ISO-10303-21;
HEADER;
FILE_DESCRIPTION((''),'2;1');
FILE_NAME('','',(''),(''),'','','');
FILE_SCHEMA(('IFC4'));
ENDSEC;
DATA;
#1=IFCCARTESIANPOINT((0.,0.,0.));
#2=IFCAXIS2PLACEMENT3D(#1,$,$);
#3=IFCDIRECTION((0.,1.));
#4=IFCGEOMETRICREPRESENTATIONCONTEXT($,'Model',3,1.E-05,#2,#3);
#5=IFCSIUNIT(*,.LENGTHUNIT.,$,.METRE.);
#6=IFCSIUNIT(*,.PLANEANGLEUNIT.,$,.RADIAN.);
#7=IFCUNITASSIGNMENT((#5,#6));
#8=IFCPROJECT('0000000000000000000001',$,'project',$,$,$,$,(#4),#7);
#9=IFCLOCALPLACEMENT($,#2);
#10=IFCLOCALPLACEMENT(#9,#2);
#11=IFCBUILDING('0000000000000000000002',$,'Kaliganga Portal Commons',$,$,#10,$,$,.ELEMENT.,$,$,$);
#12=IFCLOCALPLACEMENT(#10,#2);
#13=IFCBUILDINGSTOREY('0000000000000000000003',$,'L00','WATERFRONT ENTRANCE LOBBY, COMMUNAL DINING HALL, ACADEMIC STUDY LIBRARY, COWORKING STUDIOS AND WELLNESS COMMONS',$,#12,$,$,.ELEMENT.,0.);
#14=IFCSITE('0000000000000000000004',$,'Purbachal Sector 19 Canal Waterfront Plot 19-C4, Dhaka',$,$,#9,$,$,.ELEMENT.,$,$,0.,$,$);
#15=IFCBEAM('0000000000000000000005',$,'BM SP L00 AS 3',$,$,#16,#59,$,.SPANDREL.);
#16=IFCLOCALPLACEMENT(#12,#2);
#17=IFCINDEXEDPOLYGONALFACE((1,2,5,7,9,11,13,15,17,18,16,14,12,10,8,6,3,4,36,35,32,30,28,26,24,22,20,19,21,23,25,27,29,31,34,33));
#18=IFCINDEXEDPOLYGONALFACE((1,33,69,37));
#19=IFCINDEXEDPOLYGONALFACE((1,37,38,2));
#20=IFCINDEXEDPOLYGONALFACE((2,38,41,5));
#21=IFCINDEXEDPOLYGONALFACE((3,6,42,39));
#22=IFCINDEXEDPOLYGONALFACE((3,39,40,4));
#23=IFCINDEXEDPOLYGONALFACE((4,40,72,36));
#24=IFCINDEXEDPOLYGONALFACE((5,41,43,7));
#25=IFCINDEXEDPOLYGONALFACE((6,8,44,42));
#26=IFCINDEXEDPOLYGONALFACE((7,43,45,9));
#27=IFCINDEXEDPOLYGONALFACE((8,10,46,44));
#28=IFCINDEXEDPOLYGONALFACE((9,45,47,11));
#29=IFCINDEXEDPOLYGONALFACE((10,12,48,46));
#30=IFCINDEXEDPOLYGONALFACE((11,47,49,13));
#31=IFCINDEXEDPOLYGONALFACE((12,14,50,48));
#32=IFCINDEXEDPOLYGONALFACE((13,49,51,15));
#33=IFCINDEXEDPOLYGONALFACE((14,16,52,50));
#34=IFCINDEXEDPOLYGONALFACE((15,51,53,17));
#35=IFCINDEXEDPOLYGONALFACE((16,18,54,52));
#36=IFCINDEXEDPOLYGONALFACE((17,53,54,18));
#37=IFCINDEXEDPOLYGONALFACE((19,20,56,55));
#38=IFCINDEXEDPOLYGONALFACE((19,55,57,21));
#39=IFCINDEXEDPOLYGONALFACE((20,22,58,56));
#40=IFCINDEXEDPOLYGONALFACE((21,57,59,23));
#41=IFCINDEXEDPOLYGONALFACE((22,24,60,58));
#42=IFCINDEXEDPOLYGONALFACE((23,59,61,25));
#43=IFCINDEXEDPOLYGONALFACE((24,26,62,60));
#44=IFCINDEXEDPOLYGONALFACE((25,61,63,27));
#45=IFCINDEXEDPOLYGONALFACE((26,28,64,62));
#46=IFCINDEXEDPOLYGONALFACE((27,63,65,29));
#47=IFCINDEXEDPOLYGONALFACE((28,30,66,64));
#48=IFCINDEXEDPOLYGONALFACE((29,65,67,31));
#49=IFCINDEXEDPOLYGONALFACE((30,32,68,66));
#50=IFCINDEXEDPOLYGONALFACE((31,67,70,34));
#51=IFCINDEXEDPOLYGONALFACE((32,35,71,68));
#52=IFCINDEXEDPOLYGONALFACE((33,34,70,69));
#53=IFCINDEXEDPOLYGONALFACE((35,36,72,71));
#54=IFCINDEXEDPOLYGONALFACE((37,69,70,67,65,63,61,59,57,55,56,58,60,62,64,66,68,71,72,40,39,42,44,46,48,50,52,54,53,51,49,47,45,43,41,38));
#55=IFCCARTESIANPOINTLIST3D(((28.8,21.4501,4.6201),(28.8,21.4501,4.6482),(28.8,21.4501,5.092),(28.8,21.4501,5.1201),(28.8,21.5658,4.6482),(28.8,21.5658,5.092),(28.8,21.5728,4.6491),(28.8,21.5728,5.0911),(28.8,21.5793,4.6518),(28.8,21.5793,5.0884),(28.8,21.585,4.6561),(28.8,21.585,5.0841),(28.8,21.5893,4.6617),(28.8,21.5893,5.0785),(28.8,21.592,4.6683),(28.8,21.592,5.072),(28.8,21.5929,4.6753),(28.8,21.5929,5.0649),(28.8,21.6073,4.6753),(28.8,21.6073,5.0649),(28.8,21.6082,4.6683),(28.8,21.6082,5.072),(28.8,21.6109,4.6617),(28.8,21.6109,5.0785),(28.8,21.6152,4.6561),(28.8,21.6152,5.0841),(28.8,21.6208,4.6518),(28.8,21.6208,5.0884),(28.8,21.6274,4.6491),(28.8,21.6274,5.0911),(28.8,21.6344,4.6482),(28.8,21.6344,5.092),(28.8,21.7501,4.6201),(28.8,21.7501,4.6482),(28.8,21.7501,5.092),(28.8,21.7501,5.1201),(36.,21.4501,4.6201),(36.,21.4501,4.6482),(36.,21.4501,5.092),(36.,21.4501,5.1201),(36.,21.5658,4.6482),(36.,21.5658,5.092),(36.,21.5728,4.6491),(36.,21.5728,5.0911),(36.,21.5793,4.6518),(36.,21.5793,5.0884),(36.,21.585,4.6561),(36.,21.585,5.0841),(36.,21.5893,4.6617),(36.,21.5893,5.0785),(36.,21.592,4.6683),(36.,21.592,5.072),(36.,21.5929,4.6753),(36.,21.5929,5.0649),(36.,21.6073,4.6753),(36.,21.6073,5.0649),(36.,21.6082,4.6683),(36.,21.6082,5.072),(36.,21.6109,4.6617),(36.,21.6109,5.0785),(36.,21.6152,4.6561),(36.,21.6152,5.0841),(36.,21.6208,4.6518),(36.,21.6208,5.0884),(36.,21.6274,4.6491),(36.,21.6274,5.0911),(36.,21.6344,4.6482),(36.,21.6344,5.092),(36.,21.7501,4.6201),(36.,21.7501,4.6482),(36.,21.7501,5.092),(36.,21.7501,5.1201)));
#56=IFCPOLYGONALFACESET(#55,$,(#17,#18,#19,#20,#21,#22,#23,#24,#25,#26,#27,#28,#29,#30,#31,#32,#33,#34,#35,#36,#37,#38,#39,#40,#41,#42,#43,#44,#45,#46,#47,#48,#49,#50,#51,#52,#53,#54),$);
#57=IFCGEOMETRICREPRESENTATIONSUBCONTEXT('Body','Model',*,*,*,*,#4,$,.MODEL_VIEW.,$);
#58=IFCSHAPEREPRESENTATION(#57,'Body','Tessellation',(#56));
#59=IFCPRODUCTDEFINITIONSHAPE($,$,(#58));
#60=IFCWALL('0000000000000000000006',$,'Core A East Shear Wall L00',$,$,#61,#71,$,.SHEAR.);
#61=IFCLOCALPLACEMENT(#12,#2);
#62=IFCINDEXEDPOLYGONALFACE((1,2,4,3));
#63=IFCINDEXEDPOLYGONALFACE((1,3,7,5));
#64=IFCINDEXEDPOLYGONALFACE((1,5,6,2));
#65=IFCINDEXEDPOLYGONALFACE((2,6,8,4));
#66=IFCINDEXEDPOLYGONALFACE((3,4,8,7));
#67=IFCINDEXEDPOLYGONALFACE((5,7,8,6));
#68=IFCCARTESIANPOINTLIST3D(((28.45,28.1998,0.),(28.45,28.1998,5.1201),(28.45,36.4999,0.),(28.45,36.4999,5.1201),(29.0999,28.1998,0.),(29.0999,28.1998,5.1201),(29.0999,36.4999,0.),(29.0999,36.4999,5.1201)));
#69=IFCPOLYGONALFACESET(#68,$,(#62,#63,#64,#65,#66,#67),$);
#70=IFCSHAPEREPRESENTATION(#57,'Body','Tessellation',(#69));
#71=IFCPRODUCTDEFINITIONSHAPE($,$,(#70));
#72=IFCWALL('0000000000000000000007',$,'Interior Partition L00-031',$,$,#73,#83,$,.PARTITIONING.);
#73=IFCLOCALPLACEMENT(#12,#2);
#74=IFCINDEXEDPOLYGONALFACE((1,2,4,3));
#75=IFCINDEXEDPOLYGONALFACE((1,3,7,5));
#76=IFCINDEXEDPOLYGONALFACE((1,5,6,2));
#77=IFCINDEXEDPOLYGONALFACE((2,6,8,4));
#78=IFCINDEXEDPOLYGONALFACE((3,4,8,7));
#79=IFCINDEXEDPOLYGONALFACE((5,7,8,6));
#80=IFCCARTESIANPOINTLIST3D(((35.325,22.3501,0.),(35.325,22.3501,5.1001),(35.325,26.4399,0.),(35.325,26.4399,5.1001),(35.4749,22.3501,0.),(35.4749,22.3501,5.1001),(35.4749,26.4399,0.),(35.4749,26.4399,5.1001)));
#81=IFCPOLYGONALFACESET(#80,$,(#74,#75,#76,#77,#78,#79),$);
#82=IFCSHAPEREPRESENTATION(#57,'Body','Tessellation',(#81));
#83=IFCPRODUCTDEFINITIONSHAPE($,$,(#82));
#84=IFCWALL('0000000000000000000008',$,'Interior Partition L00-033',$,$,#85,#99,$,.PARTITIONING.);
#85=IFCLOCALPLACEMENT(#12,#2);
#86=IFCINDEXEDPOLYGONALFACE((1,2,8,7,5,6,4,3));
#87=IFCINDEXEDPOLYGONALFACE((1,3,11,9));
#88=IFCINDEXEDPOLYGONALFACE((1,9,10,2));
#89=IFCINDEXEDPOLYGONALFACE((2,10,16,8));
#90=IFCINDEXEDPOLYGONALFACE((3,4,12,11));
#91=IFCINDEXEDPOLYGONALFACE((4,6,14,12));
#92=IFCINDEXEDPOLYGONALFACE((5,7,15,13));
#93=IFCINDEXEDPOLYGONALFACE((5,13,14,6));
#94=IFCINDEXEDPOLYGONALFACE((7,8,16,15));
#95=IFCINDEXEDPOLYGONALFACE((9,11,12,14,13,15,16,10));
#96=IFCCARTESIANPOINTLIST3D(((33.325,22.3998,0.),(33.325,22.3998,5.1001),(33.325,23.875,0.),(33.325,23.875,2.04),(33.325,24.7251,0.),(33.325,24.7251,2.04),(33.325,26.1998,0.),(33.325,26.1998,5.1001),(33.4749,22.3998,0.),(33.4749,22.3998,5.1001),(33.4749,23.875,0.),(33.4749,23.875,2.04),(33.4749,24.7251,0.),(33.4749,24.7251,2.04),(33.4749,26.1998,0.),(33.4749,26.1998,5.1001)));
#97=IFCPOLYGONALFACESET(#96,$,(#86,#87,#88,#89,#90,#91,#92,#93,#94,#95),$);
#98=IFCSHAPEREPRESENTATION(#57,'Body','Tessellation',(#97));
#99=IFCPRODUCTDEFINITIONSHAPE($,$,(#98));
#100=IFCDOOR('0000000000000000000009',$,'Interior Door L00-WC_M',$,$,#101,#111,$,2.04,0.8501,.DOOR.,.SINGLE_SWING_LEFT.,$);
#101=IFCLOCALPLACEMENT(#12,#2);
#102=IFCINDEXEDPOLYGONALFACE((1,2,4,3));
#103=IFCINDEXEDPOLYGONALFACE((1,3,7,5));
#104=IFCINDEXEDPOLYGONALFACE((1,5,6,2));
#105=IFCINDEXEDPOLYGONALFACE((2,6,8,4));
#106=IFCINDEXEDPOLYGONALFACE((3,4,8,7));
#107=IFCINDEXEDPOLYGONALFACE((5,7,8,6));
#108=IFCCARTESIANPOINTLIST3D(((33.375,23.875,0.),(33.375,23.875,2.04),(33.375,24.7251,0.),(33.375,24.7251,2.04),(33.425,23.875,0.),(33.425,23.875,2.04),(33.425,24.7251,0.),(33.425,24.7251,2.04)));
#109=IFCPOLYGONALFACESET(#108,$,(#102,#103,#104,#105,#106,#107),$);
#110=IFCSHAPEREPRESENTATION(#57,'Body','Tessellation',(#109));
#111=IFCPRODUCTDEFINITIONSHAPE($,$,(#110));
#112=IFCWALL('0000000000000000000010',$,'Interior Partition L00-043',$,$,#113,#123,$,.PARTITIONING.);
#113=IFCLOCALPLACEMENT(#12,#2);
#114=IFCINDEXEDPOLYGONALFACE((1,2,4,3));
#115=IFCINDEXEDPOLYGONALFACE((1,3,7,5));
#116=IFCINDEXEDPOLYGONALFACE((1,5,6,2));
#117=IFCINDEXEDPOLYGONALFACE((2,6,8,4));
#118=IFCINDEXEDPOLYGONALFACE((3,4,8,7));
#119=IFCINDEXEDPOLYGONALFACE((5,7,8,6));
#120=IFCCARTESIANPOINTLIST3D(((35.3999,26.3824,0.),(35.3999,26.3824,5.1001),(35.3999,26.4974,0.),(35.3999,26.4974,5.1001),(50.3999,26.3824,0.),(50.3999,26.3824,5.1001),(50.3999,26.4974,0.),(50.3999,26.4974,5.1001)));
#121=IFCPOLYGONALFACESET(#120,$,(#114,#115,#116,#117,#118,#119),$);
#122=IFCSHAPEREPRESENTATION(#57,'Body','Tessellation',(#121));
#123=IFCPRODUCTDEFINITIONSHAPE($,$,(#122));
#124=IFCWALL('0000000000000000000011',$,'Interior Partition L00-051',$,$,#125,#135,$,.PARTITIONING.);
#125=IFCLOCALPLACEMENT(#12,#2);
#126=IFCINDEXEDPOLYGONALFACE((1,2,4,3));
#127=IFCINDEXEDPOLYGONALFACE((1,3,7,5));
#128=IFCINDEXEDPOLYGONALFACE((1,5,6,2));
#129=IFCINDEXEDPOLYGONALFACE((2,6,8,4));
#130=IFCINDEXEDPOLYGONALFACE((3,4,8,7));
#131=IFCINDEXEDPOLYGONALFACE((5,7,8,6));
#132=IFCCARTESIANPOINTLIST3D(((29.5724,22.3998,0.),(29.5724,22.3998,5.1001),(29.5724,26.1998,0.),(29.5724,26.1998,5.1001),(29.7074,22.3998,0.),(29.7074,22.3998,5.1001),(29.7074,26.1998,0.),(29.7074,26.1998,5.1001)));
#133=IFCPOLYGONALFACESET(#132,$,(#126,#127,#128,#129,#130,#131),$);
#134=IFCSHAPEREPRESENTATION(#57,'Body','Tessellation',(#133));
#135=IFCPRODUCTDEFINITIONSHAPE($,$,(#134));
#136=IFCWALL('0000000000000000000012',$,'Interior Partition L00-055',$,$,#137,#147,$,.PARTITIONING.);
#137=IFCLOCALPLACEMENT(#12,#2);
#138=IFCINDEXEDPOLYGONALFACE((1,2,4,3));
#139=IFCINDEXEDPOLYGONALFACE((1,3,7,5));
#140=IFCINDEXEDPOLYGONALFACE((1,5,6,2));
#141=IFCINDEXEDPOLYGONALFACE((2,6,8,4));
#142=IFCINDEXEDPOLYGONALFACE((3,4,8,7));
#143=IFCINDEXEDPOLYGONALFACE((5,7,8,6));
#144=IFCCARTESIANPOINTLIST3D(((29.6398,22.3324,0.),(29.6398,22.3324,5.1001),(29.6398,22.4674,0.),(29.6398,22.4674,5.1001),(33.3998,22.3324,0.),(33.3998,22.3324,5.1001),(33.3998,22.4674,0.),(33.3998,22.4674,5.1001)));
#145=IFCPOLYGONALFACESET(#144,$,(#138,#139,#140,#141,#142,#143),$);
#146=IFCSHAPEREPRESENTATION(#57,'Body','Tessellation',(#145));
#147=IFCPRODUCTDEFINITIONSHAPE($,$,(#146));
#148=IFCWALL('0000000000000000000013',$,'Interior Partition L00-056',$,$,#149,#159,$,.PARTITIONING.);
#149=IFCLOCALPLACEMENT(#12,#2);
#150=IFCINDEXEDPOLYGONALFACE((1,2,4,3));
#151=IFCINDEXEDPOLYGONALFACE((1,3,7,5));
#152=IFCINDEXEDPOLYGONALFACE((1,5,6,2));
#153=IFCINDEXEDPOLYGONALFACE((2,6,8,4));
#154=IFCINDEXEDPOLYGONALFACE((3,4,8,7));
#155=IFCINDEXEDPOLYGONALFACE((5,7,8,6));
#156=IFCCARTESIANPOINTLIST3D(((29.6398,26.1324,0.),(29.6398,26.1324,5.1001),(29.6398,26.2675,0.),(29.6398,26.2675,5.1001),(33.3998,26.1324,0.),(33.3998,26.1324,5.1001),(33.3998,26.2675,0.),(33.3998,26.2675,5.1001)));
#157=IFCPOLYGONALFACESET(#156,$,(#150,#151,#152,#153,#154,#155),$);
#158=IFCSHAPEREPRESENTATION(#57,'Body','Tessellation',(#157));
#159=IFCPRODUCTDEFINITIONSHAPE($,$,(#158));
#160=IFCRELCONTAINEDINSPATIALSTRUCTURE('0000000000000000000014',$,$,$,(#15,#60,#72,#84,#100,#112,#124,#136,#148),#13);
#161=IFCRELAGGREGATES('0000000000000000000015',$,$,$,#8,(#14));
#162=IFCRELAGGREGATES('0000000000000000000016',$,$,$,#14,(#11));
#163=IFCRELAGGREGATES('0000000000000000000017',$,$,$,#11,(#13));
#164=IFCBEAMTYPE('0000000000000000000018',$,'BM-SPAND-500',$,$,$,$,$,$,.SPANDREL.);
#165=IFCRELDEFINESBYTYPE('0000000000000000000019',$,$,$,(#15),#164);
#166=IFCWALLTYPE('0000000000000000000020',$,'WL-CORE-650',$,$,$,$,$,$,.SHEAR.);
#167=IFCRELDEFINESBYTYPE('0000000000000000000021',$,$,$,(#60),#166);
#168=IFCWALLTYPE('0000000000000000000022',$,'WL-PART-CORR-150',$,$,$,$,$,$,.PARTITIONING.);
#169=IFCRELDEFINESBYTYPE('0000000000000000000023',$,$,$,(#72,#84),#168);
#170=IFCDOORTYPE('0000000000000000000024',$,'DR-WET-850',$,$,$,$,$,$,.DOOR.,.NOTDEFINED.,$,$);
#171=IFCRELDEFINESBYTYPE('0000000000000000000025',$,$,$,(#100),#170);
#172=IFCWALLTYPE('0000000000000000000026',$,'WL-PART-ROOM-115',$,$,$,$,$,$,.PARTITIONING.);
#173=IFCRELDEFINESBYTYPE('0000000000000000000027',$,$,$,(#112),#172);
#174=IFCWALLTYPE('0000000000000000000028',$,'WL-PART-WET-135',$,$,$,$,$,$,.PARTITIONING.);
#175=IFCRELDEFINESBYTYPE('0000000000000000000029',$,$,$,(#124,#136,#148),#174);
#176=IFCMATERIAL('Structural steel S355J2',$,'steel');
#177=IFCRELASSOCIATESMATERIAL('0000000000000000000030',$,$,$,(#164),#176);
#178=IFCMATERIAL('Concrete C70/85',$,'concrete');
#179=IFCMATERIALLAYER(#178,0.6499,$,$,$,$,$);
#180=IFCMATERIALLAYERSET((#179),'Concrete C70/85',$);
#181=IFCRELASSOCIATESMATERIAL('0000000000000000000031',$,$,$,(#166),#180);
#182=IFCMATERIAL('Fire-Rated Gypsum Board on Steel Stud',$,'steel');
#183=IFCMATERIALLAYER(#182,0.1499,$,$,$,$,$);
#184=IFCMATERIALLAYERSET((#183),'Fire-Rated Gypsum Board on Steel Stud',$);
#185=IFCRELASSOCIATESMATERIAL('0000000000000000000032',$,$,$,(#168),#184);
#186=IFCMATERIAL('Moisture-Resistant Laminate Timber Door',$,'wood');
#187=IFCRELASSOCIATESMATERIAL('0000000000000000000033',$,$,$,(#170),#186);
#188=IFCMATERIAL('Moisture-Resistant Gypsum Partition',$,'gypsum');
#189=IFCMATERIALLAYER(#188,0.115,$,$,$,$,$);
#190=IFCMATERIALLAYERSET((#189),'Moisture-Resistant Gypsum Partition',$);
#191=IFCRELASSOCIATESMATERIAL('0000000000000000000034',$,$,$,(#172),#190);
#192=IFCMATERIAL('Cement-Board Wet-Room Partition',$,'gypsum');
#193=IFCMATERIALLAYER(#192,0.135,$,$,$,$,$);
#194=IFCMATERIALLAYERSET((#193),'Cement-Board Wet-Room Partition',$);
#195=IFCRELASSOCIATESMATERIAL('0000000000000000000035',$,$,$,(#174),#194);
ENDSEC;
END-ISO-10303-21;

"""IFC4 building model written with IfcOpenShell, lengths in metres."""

from ifc_helpers import new_model, si_unit, direction, frame, frame_2d, origin, origin_2d, place, context, subcontext, project, spatial, rectangle, i_section, extrude, source, transform, mapped, material, layer, layer_set, material_profile, profile_set, type_object, element, fill, save


model = new_model("IFC4")

# Units and contexts
model_context = context("Model", 3, precision=1e-05, world=origin(), true_north=direction((0.0, 1.0)))
body_context = subcontext(model_context, "Body", "Model", "MODEL_VIEW")
ifc_project = project(units=[si_unit("LENGTHUNIT", "METRE"), si_unit("PLANEANGLEUNIT", "RADIAN")], contexts=[model_context])

# Site, building, storey
site_placement = place(None, origin())
site = spatial("IfcSite", under=ifc_project, at=site_placement, Name="Purbachal Sector 19 Canal Waterfront Plot 19-C4, Dhaka", CompositionType="ELEMENT", RefElevation=0.0)
building_placement = place(site_placement, origin())
building = spatial("IfcBuilding", under=site, at=building_placement, Name="Kaliganga Portal Commons", CompositionType="ELEMENT")
storey_placement = place(building_placement, origin())
storey = spatial("IfcBuildingStorey", under=building, at=storey_placement, Name="L00", Description="WATERFRONT ENTRANCE LOBBY, COMMUNAL DINING HALL, ACADEMIC STUDY LIBRARY, COWORKING STUDIOS AND WELLNESS COMMONS", CompositionType="ELEMENT", Elevation=0.0)

# Shared definitions
ifc_material_1 = material(Name="Concrete C70/85", Category="concrete")

# Beam
ifc_material_2 = material(Name="Structural steel S355J2", Category="steel")
ifc_material_profile_1 = material_profile(ifc_material_2, i_section(OverallWidth=0.3, OverallDepth=0.5, WebThickness=0.0144, FlangeThickness=0.0281, FilletRadius=0.0271, at=origin_2d()), Name="HE 500 B")
ifc_profile_set_1 = profile_set([ifc_material_profile_1], Name="Structural steel S355J2 wide-flange")
beam_type_1 = type_object("IfcBeamType", Name="BM-SPAND-500", PredefinedType="SPANDREL", material=ifc_profile_set_1)
shared_shape_1 = source(origin(), body_context, "Body", "SweptSolid", [
    extrude(i_section(OverallWidth=0.3, OverallDepth=0.5, WebThickness=0.0144, FlangeThickness=0.0281, FilletRadius=0.0271, at=origin_2d()), origin(), (0.0, 0.0, 1.0), 7.2),
])
beam_1_placement = place(storey_placement, frame((28.8, 21.6001, 4.8701), z_axis=(1.0, 0.0, 0.0), x_axis=(0.0, 1.0, 0.0)))
element("IfcBeam", 1, at=beam_1_placement, inside=storey, type_object=beam_type_1, Name="BM SP L00 AS 3", PredefinedType="SPANDREL", context=body_context, shape_type="MappedRepresentation", body=[
    mapped(shared_shape_1, transform((0.0, 0.0, 0.0), x_axis=(1.0, 0.0, 0.0), y_axis=(0.0, 1.0, 0.0), z_axis=(0.0, 0.0, 1.0), scale=1.0)),
])

# Walls
ifc_layer_1 = layer(ifc_material_1, 0.6499)
ifc_layer_set_1 = layer_set([ifc_layer_1], Name="Concrete C70/85")
wall_type_1 = type_object("IfcWallType", Name="WL-CORE-650", PredefinedType="SHEAR", material=ifc_layer_set_1)
wall_1_placement = place(storey_placement, frame((28.7749, 28.2, 0.0), z_axis=(0.0, 0.0, 1.0), x_axis=(0.0, 1.0, 0.0)))
element("IfcWall", 2, at=wall_1_placement, inside=storey, type_object=wall_type_1, Name="Core A East Shear Wall L00", PredefinedType="SHEAR", context=body_context, shape_type="SweptSolid", body=[
    extrude(rectangle(XDim=8.3, YDim=0.6499, at=frame_2d((4.1499, 0.0))), origin(), (0.0, 0.0, 1.0), 5.1201),
])
ifc_material_3 = material(Name="Fire-Rated Gypsum Board on Steel Stud", Category="steel")
ifc_layer_2 = layer(ifc_material_3, 0.1499)
ifc_layer_set_2 = layer_set([ifc_layer_2], Name="Fire-Rated Gypsum Board on Steel Stud")
wall_type_2 = type_object("IfcWallType", Name="WL-PART-CORR-150", PredefinedType="PARTITIONING", material=ifc_layer_set_2)
wall_2_placement = place(storey_placement, frame((35.3999, 22.3501, 0.0), z_axis=(0.0, 0.0, 1.0), x_axis=(0.0, 1.0, 0.0)))
element("IfcWall", 3, at=wall_2_placement, inside=storey, type_object=wall_type_2, Name="Interior Partition L00-031", PredefinedType="PARTITIONING", context=body_context, shape_type="SweptSolid", body=[
    extrude(rectangle(XDim=4.0898, YDim=0.1499, at=frame_2d((2.0449, 0.0))), origin(), (0.0, 0.0, 1.0), 5.1001),
])

# Wall, opening, door
wall_3_placement = place(storey_placement, frame((33.3999, 22.3999, 0.0), z_axis=(0.0, 0.0, 1.0), x_axis=(0.0, 1.0, 0.0)))
wall_3 = element("IfcWall", 4, at=wall_3_placement, inside=storey, type_object=wall_type_2, Name="Interior Partition L00-033", PredefinedType="PARTITIONING", context=body_context, shape_type="SweptSolid", body=[
    extrude(rectangle(XDim=3.8, YDim=0.1499, at=frame_2d((1.8999, 0.0))), origin(), (0.0, 0.0, 1.0), 5.1001),
])
opening_placement = place(wall_3_placement, frame((1.4751, 0.0, 0.0)))
opening = element("IfcOpeningElement", 5, at=opening_placement, cuts=wall_3, PredefinedType="OPENING", context=body_context, shape_type="SweptSolid", body=[
    extrude(rectangle(XDim=0.8501, YDim=2.04, at=frame_2d((0.425, 1.02))), frame((0.0, 0.085, 0.0), z_axis=(0.0, -1.0, 0.0), x_axis=(1.0, 0.0, 0.0)), (0.0, 0.0, 1.0), 0.1699),
])
ifc_material_4 = material(Name="Moisture-Resistant Laminate Timber Door", Category="wood")
door_type = type_object("IfcDoorType", Name="DR-WET-850", OperationType="NOTDEFINED", PredefinedType="DOOR", material=ifc_material_4)
door_placement = place(opening_placement, origin())
door = element("IfcDoor", 6, at=door_placement, inside=storey, type_object=door_type, Name="Interior Door L00-WC_M", OperationType="SINGLE_SWING_LEFT", OverallHeight=2.04, OverallWidth=0.8501, PredefinedType="DOOR", context=body_context, shape_type="SweptSolid", body=[
    extrude(rectangle(XDim=0.8501, YDim=2.04, at=frame_2d((0.425, 1.02))), frame((0.0, 0.0249, 0.0), z_axis=(0.0, -1.0, 0.0), x_axis=(1.0, 0.0, 0.0)), (0.0, 0.0, 1.0), 0.05),
])
fill(opening, door)

# Walls
ifc_material_5 = material(Name="Moisture-Resistant Gypsum Partition", Category="gypsum")
ifc_layer_3 = layer(ifc_material_5, 0.115)
ifc_layer_set_3 = layer_set([ifc_layer_3], Name="Moisture-Resistant Gypsum Partition")
wall_type_3 = type_object("IfcWallType", Name="WL-PART-ROOM-115", PredefinedType="PARTITIONING", material=ifc_layer_set_3)
wall_4_placement = place(storey_placement, frame((35.3999, 26.4399, 0.0), z_axis=(0.0, 0.0, 1.0), x_axis=(1.0, 0.0, 0.0)))
element("IfcWall", 7, at=wall_4_placement, inside=storey, type_object=wall_type_3, Name="Interior Partition L00-043", PredefinedType="PARTITIONING", context=body_context, shape_type="SweptSolid", body=[
    extrude(rectangle(XDim=15.0, YDim=0.115, at=frame_2d((7.5, 0.0))), origin(), (0.0, 0.0, 1.0), 5.1001),
])
ifc_material_6 = material(Name="Cement-Board Wet-Room Partition", Category="gypsum")
ifc_layer_4 = layer(ifc_material_6, 0.135)
ifc_layer_set_4 = layer_set([ifc_layer_4], Name="Cement-Board Wet-Room Partition")
wall_type_4 = type_object("IfcWallType", Name="WL-PART-WET-135", PredefinedType="PARTITIONING", material=ifc_layer_set_4)
wall_5_placement = place(storey_placement, frame((29.6399, 22.3999, 0.0), z_axis=(0.0, 0.0, 1.0), x_axis=(0.0, 1.0, 0.0)))
element("IfcWall", 8, at=wall_5_placement, inside=storey, type_object=wall_type_4, Name="Interior Partition L00-051", PredefinedType="PARTITIONING", context=body_context, shape_type="SweptSolid", body=[
    extrude(rectangle(XDim=3.8, YDim=0.135, at=frame_2d((1.8999, 0.0))), origin(), (0.0, 0.0, 1.0), 5.1001),
])
for number, where, z_axis, x_axis, name in (
    (9, (29.6399, 22.3999, 0.0), (0.0, 0.0, 1.0), (1.0, 0.0, 0.0), "Interior Partition L00-055"),
    (10, (29.6399, 26.2, 0.0), (0.0, 0.0, 1.0), (1.0, 0.0, 0.0), "Interior Partition L00-056"),
):
    element("IfcWall", number, at=place(storey_placement, frame(where, z_axis=z_axis, x_axis=x_axis)), inside=storey, type_object=wall_type_4, Name=name, PredefinedType="PARTITIONING", context=body_context, shape_type="SweptSolid", body=[
        extrude(rectangle(XDim=3.76, YDim=0.135, at=frame_2d((1.8799, 0.0))), origin(), (0.0, 0.0, 1.0), 5.1001),
    ])

save(model, "model.ifc")
